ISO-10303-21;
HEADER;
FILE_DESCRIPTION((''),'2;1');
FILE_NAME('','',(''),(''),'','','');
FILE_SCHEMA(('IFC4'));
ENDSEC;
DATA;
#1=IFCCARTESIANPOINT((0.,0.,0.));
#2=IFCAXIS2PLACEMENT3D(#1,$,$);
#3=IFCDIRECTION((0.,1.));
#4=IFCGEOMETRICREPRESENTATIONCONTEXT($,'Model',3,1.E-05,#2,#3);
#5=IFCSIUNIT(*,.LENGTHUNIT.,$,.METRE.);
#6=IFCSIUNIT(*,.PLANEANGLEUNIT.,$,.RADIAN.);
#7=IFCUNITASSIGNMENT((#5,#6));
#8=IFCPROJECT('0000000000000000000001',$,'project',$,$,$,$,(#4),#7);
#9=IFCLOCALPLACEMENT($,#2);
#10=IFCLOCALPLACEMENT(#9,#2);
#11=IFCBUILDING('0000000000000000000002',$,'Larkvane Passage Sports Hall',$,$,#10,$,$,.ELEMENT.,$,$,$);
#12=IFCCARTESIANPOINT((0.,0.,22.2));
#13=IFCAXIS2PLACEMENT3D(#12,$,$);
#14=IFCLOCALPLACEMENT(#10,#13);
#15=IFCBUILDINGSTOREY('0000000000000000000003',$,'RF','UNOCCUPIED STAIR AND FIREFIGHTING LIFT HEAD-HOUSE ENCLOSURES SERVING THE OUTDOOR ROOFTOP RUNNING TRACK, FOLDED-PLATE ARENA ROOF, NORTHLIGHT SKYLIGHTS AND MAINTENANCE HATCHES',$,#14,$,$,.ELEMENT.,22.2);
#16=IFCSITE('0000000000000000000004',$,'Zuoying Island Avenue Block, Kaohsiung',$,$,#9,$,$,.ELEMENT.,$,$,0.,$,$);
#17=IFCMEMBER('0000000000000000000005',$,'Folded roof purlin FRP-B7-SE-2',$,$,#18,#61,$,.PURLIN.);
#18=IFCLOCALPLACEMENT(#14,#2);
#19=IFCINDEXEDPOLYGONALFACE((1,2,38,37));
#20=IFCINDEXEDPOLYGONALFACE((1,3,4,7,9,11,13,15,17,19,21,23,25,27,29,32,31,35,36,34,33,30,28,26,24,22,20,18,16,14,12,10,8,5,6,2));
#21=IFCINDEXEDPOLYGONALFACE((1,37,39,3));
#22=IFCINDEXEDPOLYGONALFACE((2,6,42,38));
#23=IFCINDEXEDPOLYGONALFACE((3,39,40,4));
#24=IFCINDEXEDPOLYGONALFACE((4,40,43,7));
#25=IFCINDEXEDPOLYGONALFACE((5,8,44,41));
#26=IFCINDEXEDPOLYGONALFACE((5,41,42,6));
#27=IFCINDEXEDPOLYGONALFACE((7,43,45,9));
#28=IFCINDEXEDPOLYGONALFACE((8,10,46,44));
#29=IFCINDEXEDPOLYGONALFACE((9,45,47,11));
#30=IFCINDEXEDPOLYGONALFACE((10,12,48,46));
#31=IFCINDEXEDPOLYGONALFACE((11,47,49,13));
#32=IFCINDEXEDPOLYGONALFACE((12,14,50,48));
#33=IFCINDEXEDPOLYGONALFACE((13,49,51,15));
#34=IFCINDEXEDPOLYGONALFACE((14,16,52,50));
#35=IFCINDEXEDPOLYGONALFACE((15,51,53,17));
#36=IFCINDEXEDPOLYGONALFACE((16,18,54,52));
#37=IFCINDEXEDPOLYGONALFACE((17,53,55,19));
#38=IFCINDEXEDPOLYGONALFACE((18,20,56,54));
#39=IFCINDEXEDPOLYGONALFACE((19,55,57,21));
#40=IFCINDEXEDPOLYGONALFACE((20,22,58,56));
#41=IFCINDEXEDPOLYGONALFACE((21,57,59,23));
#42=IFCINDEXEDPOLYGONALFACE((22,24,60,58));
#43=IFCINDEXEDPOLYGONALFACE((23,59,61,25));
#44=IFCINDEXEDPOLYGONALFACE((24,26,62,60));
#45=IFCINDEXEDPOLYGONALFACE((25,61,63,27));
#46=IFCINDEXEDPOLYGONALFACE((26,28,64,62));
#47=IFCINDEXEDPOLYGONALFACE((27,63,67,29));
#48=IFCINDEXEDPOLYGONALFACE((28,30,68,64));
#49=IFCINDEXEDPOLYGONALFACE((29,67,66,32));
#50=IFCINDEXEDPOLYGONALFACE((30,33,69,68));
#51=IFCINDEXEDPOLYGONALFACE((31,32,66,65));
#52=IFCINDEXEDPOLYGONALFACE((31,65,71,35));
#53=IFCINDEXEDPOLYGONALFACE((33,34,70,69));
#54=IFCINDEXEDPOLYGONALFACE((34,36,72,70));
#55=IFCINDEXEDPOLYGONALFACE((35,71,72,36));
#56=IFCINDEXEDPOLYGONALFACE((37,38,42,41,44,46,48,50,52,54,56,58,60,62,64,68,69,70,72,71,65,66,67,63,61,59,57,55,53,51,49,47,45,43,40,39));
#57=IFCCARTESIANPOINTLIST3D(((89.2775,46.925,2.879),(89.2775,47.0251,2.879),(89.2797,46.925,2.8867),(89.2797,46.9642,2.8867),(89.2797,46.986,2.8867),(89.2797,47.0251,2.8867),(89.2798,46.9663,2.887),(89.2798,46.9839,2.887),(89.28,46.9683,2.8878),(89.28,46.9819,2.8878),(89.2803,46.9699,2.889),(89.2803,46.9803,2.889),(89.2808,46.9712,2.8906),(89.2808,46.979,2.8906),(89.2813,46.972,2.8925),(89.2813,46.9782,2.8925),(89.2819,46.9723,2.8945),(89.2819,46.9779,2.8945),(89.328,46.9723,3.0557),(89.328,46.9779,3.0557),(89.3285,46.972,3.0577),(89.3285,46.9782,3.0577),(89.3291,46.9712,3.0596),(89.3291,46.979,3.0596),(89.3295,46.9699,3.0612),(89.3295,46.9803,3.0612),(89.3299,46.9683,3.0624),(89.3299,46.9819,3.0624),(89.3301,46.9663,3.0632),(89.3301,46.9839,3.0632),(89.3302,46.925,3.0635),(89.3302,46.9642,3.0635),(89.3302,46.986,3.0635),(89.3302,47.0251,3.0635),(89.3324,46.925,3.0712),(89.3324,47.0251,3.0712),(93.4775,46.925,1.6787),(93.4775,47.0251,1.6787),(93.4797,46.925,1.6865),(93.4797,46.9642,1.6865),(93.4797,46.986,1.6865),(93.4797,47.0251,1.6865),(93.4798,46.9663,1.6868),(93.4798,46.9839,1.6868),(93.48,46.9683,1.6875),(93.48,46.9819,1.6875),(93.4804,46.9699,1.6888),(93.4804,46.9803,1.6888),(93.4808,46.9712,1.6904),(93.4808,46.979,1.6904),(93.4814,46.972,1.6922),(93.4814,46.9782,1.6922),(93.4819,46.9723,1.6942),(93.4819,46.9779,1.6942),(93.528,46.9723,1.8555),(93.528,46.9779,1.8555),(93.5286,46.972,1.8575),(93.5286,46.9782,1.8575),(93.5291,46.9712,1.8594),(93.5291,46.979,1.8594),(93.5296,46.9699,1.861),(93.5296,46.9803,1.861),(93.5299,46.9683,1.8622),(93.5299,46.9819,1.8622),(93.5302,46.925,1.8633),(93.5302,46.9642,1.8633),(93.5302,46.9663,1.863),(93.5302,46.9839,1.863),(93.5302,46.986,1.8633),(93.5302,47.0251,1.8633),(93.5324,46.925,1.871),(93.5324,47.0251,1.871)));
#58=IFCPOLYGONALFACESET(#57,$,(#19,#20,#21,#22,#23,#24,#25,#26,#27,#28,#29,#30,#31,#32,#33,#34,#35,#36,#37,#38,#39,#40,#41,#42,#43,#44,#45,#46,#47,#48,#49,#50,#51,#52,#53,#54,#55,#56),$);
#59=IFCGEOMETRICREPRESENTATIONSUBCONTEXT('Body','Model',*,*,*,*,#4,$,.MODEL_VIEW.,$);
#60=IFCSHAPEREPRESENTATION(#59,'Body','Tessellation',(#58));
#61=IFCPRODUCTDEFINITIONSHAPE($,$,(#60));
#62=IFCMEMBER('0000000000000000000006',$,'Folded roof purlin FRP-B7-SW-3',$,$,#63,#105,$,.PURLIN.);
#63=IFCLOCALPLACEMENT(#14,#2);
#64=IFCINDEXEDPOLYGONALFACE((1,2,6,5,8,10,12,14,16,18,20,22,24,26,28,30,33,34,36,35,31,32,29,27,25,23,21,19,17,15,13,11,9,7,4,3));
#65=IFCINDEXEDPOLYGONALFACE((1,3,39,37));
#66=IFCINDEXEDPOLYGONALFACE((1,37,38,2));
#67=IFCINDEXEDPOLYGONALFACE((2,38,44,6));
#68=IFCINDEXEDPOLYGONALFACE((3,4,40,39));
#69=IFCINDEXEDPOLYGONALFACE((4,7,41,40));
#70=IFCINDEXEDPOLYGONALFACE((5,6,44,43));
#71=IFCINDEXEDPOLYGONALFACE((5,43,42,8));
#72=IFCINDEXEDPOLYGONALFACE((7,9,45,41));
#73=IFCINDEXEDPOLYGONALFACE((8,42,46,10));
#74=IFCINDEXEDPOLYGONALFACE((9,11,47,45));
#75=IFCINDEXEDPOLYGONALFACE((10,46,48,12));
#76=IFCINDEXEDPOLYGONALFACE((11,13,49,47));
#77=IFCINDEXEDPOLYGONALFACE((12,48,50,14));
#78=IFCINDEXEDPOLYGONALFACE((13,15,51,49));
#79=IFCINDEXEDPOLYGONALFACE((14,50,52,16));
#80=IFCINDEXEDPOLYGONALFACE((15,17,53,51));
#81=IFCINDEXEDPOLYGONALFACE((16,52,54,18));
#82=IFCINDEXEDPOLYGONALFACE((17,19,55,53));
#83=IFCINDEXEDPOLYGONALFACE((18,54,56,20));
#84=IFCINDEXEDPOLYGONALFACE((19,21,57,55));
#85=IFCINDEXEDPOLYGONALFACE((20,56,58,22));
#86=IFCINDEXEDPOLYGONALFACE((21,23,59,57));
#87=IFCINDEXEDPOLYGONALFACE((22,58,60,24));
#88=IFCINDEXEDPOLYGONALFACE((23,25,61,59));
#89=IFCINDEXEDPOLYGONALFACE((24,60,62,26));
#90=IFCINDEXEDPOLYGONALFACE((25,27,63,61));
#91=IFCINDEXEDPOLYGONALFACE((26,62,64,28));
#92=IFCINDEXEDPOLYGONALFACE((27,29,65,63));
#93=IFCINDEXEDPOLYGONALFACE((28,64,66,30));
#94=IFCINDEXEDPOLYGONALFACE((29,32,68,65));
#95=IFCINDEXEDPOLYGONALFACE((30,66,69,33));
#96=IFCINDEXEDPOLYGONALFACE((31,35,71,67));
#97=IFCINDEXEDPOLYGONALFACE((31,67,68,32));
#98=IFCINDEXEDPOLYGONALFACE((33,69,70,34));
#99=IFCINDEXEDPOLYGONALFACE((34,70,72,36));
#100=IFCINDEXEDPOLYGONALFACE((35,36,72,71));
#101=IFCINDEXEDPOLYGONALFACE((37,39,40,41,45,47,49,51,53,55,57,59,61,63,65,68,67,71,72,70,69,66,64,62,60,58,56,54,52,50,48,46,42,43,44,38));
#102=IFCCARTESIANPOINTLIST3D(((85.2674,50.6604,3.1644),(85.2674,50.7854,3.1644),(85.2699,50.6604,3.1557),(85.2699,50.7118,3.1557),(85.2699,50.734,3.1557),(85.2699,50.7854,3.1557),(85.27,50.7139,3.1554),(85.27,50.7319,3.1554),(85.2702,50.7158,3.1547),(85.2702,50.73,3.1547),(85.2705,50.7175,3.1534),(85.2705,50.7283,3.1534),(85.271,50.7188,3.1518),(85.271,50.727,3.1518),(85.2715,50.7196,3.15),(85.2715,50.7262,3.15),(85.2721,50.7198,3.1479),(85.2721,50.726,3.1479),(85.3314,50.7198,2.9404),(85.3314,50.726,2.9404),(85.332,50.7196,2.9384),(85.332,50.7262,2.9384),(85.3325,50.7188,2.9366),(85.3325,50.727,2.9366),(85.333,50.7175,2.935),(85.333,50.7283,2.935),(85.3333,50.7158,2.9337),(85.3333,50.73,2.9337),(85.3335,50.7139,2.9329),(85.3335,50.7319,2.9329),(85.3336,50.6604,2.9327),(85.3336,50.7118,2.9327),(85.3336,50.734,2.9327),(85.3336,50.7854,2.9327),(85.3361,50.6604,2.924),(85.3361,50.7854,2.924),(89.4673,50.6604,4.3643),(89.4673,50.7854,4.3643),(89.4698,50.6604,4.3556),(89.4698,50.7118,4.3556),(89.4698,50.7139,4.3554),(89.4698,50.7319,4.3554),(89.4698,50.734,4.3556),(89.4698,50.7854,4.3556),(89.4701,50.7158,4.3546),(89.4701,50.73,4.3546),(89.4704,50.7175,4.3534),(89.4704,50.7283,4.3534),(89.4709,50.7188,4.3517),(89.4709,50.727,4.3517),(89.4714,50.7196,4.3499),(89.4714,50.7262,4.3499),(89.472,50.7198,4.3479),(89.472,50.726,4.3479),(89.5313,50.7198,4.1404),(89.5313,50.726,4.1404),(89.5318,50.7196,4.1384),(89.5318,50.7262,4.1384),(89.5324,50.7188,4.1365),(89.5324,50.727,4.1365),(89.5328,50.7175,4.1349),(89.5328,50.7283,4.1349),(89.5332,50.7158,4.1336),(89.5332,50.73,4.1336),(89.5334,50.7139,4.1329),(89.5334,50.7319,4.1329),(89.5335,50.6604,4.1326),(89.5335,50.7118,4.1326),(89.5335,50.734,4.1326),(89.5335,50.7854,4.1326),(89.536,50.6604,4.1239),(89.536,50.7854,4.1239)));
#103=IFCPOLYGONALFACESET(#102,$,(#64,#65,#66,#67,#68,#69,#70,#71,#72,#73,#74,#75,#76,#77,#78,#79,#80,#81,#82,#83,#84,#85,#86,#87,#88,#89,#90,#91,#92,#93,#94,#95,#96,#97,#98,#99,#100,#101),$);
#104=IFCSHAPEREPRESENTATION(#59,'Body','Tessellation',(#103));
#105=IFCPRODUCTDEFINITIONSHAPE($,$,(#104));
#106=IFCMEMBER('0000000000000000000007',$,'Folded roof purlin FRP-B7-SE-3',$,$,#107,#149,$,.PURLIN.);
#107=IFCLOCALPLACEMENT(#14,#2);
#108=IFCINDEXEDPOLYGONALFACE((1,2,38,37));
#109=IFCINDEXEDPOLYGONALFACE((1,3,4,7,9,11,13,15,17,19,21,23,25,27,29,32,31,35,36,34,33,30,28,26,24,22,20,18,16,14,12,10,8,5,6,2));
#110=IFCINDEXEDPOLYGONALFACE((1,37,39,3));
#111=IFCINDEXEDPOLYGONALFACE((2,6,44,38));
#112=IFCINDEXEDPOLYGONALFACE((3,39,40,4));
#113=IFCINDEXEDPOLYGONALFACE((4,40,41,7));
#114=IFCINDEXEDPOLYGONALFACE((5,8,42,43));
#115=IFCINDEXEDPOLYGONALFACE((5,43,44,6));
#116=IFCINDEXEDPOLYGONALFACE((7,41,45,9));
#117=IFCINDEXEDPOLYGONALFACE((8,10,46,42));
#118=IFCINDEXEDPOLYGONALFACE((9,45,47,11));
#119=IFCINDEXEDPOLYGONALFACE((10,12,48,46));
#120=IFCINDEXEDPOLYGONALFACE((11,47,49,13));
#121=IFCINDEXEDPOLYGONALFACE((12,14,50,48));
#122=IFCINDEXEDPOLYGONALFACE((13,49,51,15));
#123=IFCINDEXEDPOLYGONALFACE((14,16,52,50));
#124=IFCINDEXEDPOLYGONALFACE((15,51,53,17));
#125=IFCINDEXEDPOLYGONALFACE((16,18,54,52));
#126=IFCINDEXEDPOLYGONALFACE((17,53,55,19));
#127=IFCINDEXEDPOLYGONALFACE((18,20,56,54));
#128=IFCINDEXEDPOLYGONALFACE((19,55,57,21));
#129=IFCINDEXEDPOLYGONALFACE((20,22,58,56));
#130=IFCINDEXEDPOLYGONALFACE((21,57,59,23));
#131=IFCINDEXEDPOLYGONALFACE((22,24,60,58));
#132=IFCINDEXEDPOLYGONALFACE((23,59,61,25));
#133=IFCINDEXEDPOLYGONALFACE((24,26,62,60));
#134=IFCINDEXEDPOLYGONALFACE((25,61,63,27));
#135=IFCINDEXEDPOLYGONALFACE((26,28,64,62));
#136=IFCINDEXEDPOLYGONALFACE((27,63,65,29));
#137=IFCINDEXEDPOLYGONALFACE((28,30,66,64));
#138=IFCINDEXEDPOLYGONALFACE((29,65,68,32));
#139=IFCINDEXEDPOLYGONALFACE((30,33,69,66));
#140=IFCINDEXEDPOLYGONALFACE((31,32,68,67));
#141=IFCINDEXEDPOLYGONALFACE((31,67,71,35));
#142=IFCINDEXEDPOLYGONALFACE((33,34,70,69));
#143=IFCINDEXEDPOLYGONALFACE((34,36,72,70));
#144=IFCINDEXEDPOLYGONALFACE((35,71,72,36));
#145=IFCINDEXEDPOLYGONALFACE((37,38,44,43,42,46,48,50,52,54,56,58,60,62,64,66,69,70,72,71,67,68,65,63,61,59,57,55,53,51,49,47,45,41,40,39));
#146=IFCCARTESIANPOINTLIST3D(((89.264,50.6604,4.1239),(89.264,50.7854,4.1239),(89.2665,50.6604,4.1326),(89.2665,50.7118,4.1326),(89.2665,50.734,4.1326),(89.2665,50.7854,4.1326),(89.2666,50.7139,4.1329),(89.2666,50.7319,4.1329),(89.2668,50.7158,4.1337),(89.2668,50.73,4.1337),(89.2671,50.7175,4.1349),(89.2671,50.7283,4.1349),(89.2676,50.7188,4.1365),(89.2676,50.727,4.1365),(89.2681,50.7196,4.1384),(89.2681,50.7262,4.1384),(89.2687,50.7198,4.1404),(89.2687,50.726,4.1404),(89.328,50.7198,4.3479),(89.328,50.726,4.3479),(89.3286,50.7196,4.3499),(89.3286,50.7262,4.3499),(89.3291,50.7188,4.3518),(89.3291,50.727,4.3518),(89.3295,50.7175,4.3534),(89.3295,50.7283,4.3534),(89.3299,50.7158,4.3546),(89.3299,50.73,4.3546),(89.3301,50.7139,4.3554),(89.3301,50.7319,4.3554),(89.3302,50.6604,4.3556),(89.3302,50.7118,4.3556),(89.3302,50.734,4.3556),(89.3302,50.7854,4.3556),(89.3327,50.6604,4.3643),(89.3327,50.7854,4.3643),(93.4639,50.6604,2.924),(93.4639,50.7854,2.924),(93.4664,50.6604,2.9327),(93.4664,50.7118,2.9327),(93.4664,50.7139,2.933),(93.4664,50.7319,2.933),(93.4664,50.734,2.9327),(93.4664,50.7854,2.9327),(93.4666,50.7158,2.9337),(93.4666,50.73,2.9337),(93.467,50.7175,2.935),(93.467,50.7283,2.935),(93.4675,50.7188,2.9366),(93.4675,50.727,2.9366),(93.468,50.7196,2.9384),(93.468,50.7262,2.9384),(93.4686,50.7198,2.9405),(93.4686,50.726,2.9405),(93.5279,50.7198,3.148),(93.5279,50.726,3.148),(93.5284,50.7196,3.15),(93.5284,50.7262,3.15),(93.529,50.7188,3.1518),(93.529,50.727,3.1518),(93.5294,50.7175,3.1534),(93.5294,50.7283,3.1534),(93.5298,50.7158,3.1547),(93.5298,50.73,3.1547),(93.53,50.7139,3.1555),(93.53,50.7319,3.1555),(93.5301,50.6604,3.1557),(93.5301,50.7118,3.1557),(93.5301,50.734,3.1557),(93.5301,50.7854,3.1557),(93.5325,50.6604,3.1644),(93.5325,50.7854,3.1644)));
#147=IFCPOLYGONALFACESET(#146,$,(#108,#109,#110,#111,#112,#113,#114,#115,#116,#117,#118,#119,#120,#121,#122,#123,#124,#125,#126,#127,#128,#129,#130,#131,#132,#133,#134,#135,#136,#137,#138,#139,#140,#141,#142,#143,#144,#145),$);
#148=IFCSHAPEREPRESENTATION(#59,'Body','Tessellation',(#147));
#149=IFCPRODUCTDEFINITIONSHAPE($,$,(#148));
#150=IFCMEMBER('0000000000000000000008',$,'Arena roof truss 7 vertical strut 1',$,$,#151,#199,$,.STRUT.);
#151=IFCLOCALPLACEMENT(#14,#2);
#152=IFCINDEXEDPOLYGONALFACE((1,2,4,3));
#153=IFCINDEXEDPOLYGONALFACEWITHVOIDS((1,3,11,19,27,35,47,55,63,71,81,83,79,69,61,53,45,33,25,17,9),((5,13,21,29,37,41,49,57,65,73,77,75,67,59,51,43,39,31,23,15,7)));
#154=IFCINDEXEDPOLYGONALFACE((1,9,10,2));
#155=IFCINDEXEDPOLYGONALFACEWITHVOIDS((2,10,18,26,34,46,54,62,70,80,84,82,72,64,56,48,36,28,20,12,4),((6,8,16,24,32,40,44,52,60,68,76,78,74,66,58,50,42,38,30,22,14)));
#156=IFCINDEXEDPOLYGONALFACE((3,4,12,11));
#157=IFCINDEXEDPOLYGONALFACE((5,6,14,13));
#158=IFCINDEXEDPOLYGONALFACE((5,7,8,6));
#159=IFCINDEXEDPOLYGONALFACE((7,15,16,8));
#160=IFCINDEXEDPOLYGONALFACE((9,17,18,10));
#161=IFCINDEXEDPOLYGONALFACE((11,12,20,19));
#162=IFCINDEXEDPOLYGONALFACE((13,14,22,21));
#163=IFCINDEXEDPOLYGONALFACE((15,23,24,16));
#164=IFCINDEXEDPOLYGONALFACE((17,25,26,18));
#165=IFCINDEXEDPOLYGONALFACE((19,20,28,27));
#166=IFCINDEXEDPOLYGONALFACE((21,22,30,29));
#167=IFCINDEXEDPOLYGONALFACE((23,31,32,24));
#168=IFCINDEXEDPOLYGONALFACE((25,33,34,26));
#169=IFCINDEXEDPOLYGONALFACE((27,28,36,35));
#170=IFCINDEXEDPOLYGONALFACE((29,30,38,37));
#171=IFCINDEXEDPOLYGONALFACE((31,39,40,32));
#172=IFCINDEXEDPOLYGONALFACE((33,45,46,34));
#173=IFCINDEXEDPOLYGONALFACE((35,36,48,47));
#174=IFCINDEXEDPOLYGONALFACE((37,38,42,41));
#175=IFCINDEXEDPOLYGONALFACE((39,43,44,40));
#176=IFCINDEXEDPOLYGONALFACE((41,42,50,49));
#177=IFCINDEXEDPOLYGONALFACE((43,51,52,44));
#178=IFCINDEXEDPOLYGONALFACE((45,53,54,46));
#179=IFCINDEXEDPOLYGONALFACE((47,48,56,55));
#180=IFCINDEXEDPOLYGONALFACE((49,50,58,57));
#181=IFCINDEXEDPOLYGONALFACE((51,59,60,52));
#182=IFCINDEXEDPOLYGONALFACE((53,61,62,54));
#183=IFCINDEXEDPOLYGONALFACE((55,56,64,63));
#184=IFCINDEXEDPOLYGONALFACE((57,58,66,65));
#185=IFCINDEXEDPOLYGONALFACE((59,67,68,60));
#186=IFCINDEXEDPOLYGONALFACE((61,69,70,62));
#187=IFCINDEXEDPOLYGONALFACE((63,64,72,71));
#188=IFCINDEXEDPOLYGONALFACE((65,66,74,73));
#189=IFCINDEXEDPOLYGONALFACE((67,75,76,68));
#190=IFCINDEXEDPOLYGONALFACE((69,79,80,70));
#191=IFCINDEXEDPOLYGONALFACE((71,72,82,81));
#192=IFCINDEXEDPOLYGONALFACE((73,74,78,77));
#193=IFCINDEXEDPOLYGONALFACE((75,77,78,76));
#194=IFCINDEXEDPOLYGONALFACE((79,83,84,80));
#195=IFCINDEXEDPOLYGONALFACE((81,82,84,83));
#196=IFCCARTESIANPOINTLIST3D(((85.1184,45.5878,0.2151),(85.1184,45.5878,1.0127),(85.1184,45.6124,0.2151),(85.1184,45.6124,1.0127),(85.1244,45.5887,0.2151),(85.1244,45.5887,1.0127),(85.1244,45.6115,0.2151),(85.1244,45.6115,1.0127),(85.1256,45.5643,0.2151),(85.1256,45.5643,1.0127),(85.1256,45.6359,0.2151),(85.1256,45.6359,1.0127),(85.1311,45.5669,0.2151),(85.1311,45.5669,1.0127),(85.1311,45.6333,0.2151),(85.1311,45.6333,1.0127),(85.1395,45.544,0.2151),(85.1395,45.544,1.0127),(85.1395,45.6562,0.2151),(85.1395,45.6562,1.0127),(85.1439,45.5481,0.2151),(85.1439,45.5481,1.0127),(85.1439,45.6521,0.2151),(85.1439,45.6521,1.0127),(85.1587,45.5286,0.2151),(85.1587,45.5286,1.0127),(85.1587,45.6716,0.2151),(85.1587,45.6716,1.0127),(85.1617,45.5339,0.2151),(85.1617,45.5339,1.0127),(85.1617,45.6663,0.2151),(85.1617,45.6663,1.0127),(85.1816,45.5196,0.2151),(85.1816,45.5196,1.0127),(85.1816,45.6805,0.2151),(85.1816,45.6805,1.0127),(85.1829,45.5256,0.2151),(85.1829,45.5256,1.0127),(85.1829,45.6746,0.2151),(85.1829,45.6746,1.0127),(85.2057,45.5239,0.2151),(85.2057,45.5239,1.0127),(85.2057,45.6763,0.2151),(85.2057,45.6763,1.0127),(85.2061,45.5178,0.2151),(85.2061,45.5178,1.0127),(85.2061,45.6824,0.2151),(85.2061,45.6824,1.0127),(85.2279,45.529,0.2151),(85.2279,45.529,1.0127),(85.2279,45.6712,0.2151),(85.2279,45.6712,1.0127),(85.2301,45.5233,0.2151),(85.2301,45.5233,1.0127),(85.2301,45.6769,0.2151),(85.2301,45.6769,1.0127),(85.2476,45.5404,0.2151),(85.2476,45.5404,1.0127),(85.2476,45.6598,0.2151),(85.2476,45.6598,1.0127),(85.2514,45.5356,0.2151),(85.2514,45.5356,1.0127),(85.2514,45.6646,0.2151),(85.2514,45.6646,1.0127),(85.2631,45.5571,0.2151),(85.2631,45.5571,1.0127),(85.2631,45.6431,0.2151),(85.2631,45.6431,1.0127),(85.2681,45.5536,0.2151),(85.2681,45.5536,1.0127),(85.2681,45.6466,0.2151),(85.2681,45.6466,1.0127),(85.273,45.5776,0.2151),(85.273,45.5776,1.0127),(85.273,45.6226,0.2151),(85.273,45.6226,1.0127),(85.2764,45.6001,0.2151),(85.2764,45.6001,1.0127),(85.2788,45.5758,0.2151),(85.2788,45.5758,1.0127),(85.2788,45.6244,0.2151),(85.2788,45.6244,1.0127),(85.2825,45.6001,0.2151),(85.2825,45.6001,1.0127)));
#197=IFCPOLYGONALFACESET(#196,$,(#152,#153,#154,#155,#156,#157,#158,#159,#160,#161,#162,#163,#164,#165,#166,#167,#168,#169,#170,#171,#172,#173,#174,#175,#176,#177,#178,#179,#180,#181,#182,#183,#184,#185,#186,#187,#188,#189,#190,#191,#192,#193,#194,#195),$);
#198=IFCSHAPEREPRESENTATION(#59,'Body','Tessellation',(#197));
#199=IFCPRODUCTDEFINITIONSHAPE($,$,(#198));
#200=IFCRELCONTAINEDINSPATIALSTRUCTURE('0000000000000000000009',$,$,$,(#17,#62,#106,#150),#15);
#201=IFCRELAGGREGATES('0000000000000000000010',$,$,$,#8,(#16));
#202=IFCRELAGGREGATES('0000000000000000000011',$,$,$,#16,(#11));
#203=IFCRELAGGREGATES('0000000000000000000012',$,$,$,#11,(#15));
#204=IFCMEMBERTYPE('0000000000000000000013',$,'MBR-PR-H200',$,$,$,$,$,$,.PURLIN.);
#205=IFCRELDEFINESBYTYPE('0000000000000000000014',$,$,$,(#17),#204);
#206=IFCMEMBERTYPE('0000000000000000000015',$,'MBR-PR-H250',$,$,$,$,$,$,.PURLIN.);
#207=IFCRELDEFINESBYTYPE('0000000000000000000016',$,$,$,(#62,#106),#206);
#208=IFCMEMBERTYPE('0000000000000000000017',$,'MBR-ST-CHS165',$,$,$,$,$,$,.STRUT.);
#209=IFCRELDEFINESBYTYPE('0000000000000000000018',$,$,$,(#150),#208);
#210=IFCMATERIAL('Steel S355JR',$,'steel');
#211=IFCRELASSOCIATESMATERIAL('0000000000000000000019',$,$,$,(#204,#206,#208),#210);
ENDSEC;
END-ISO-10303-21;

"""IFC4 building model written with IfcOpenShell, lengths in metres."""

from ifc_helpers import new_model, si_unit, direction, frame, origin, origin_2d, place, context, subcontext, project, spatial, hollow_circle, i_section, extrude, material, material_profile, profile_set, type_object, element, save


model = new_model("IFC4")

# Units and contexts
model_context = context("Model", 3, precision=1e-05, world=origin(), true_north=direction((0.0, 1.0)))
body_context = subcontext(model_context, "Body", "Model", "MODEL_VIEW")
ifc_project = project(units=[si_unit("LENGTHUNIT", "METRE"), si_unit("PLANEANGLEUNIT", "RADIAN")], contexts=[model_context])

# Site, building, storey
site_placement = place(None, origin())
site = spatial("IfcSite", under=ifc_project, at=site_placement, Name="Zuoying Island Avenue Block, Kaohsiung", CompositionType="ELEMENT", RefElevation=0.0)
building_placement = place(site_placement, origin())
building = spatial("IfcBuilding", under=site, at=building_placement, Name="Larkvane Passage Sports Hall", CompositionType="ELEMENT")
storey_placement = place(building_placement, frame((0.0, 0.0, 22.2)))
storey = spatial("IfcBuildingStorey", under=building, at=storey_placement, Name="RF", Description="UNOCCUPIED STAIR AND FIREFIGHTING LIFT HEAD-HOUSE ENCLOSURES SERVING THE OUTDOOR ROOFTOP RUNNING TRACK, FOLDED-PLATE ARENA ROOF, NORTHLIGHT SKYLIGHTS AND MAINTENANCE HATCHES", CompositionType="ELEMENT", Elevation=22.2)

# Members
ifc_material_1 = material(Name="Steel S355JR", Category="steel")
ifc_material_profile_1 = material_profile(ifc_material_1, i_section(OverallWidth=0.1001, OverallDepth=0.2, WebThickness=0.0056, FlangeThickness=0.0081, FilletRadius=0.0081, at=origin_2d()), Name="H-200x100x5.5x8")
ifc_profile_set_1 = profile_set([ifc_material_profile_1], Name="Steel S355JR")
member_type_1 = type_object("IfcMemberType", Name="MBR-PR-H200", PredefinedType="PURLIN", material=ifc_profile_set_1)
for number, where, z_axis, x_axis, name in (
    (1, (89.3049, 46.9751, 2.9751), (0.961511, 0.0, -0.274765), (0.0, 1.0, 0.0), "Folded roof purlin FRP-B7-SE-2"),
):
    element("IfcMember", number, at=place(storey_placement, frame(where, z_axis=z_axis, x_axis=x_axis)), inside=storey, type_object=member_type_1, Name=name, PredefinedType="PURLIN", context=body_context, shape_type="SweptSolid", body=[
        extrude(i_section(OverallWidth=0.1001, OverallDepth=0.2, WebThickness=0.0056, FlangeThickness=0.0081, FilletRadius=0.0081, at=origin_2d()), origin(), (0.0, 0.0, 1.0), 4.3682),
    ])
ifc_material_profile_2 = material_profile(ifc_material_1, i_section(OverallWidth=0.125, OverallDepth=0.25, WebThickness=0.0061, FlangeThickness=0.009, FilletRadius=0.0081, at=origin_2d()), Name="H-250x125x6x9")
ifc_profile_set_2 = profile_set([ifc_material_profile_2], Name="Steel S355JR")
member_type_2 = type_object("IfcMemberType", Name="MBR-PR-H250", PredefinedType="PURLIN", material=ifc_profile_set_2)
for number, where, z_axis, x_axis, name in (
    (2, (85.3018, 50.7229, 3.0442), (0.961526, 0.0, 0.274714), (0.0, 1.0, 0.0), "Folded roof purlin FRP-B7-SW-3"),
    (3, (89.2983, 50.7229, 4.2441), (0.961526, 0.0, -0.274714), (0.0, 1.0, 0.0), "Folded roof purlin FRP-B7-SE-3"),
):
    element("IfcMember", number, at=place(storey_placement, frame(where, z_axis=z_axis, x_axis=x_axis)), inside=storey, type_object=member_type_2, Name=name, PredefinedType="PURLIN", context=body_context, shape_type="SweptSolid", body=[
        extrude(i_section(OverallWidth=0.125, OverallDepth=0.25, WebThickness=0.0061, FlangeThickness=0.009, FilletRadius=0.0081, at=origin_2d()), origin(), (0.0, 0.0, 1.0), 4.3679),
    ])
ifc_material_profile_3 = material_profile(ifc_material_1, hollow_circle(Radius=0.0825, WallThickness=0.0061, at=origin_2d()), Name="CHS-165.2x6.0")
ifc_profile_set_3 = profile_set([ifc_material_profile_3], Name="Steel S355JR")
member_type_3 = type_object("IfcMemberType", Name="MBR-ST-CHS165", PredefinedType="STRUT", material=ifc_profile_set_3)
member_1_placement = place(storey_placement, frame((85.2, 45.6001, 0.2151), z_axis=(0.0, 0.0, 1.0), x_axis=(1.0, 0.0, 0.0)))
element("IfcMember", 4, at=member_1_placement, inside=storey, type_object=member_type_3, Name="Arena roof truss 7 vertical strut 1", PredefinedType="STRUT", context=body_context, shape_type="SweptSolid", body=[
    extrude(hollow_circle(Radius=0.0825, WallThickness=0.0061, at=origin_2d()), origin(), (0.0, 0.0, 1.0), 0.7976),
])

save(model, "model.ifc")
